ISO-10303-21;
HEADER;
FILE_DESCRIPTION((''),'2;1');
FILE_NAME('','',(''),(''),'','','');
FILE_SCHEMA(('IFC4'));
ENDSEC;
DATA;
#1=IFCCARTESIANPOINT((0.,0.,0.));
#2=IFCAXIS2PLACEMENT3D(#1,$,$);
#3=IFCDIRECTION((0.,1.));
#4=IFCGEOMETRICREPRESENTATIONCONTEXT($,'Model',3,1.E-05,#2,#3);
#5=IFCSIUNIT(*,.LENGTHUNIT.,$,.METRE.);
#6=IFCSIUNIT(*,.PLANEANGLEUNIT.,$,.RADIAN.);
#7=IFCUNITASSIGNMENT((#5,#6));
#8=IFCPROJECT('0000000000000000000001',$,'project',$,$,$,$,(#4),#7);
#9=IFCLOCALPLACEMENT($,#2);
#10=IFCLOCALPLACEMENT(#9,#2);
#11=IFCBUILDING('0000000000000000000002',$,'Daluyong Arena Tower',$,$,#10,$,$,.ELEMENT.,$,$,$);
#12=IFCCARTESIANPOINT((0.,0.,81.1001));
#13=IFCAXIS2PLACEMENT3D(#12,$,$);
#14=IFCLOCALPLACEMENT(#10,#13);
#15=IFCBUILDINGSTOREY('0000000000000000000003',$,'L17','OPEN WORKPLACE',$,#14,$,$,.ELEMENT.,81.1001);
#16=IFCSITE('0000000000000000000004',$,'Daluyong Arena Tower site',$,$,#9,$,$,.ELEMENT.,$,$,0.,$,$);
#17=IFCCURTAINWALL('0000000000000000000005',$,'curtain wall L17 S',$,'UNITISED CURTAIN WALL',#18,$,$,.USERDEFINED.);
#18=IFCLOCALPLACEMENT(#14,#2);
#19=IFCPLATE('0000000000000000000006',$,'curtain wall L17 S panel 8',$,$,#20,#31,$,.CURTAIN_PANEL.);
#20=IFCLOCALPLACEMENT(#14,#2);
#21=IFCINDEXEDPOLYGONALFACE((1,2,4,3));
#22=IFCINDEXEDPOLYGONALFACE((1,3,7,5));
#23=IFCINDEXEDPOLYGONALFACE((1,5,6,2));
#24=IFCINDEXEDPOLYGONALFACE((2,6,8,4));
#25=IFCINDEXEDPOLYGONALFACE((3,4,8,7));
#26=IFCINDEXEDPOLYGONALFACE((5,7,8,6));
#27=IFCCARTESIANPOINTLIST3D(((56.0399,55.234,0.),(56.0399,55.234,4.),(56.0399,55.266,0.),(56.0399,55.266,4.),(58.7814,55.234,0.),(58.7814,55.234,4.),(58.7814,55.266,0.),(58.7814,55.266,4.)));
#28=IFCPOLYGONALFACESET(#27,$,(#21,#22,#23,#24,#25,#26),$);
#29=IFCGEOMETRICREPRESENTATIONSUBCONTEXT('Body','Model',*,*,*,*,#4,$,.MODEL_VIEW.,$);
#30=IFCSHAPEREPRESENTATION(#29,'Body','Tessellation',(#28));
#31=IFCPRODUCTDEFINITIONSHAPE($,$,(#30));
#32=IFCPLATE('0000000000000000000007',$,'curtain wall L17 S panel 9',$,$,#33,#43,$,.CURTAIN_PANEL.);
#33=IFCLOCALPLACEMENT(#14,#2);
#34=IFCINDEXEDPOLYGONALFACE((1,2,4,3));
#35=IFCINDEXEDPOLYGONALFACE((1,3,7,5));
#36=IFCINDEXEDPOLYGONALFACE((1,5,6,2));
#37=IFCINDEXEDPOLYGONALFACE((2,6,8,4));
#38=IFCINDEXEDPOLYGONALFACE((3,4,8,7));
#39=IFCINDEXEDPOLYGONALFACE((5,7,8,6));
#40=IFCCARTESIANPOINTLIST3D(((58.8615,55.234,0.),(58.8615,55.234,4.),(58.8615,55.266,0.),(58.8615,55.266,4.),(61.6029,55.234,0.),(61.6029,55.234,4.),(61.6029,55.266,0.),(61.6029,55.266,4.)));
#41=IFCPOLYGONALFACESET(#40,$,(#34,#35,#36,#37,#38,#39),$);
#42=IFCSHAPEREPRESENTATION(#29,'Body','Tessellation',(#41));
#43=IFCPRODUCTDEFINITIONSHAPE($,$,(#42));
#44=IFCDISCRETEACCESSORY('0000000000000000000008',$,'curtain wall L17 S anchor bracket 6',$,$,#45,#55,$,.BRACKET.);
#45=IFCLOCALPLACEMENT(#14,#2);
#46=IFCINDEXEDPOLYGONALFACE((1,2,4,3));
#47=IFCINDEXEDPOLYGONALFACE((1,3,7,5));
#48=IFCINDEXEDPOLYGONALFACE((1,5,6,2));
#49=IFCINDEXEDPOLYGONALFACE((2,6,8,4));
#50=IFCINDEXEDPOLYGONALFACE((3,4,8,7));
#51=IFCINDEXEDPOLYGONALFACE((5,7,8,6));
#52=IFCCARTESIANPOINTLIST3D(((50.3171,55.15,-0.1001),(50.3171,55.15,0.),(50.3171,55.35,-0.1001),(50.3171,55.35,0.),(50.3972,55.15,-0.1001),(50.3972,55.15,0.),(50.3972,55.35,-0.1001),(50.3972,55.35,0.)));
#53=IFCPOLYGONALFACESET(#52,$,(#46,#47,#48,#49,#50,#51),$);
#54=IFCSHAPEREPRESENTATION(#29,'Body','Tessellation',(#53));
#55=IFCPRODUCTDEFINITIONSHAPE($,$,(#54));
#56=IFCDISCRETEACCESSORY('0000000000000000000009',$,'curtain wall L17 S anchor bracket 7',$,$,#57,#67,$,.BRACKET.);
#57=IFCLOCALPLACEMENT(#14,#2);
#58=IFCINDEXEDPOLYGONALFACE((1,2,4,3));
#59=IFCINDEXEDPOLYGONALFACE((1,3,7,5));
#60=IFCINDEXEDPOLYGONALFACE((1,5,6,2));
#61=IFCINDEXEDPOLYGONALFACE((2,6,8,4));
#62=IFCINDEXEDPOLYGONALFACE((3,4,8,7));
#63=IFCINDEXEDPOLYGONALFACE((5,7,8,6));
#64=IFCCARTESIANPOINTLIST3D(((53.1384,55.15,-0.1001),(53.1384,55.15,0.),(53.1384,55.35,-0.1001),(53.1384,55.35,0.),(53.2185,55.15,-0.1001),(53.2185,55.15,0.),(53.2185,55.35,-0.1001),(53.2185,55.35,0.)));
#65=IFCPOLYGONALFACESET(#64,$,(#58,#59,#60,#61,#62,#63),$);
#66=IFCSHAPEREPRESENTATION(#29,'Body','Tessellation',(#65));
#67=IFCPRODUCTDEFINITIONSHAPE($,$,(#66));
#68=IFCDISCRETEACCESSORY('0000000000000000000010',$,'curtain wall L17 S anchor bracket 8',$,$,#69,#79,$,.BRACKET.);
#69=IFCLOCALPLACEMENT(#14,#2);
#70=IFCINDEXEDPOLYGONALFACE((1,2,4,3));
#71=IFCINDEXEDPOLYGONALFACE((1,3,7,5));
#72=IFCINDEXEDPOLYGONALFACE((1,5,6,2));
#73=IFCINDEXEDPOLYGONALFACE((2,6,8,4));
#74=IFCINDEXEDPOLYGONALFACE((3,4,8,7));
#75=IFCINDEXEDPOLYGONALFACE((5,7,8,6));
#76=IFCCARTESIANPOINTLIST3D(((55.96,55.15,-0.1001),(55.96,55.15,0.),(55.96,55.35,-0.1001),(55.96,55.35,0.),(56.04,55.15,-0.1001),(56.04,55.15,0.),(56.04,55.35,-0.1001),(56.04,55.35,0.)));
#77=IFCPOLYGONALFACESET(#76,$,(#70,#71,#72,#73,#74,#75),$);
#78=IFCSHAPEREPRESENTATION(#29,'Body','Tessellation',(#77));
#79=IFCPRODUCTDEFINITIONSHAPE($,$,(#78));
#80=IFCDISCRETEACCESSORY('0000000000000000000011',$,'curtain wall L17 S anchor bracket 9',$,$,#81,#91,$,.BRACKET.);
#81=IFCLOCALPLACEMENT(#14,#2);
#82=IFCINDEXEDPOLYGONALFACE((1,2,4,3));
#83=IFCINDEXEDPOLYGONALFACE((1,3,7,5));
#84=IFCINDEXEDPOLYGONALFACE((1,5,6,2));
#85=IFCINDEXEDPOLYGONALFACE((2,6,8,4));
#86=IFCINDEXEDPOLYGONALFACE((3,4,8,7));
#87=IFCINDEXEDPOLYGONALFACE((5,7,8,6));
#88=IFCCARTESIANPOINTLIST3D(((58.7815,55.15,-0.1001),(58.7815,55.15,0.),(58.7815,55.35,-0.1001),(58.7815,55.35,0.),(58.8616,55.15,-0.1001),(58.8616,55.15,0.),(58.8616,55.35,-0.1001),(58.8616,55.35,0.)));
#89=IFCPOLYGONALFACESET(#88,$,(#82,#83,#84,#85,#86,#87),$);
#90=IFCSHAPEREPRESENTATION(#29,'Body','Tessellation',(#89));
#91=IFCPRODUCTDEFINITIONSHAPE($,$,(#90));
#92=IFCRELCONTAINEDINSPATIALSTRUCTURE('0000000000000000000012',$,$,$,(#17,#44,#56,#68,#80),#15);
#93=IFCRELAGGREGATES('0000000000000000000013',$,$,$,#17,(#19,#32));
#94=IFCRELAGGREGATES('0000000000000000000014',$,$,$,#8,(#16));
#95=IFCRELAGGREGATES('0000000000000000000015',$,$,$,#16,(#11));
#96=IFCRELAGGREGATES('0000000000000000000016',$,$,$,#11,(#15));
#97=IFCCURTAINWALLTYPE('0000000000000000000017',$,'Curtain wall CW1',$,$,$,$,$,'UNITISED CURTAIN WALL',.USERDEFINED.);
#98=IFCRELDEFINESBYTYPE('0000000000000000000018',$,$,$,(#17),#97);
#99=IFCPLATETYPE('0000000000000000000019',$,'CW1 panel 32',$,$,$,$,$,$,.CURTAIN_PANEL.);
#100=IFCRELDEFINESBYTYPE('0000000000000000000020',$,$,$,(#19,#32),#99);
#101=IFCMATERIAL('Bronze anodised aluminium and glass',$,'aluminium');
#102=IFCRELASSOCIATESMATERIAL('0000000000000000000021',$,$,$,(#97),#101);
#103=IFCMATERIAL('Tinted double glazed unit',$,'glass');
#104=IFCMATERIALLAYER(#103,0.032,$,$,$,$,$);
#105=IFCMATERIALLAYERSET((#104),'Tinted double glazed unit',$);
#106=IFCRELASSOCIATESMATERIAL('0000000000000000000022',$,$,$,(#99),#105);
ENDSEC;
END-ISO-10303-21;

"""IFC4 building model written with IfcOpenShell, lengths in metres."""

from ifc_helpers import new_model, si_unit, direction, frame, origin, origin_2d, place, context, subcontext, project, spatial, rectangle, extrude, material, layer, layer_set, type_object, element, aggregate, save


model = new_model("IFC4")

# Units and contexts
model_context = context("Model", 3, precision=1e-05, world=origin(), true_north=direction((0.0, 1.0)))
body_context = subcontext(model_context, "Body", "Model", "MODEL_VIEW")
ifc_project = project(units=[si_unit("LENGTHUNIT", "METRE"), si_unit("PLANEANGLEUNIT", "RADIAN")], contexts=[model_context])

# Site, building, storey
site_placement = place(None, origin())
site = spatial("IfcSite", under=ifc_project, at=site_placement, Name="Daluyong Arena Tower site", CompositionType="ELEMENT", RefElevation=0.0)
building_placement = place(site_placement, origin())
building = spatial("IfcBuilding", under=site, at=building_placement, Name="Daluyong Arena Tower", CompositionType="ELEMENT")
storey_placement = place(building_placement, frame((0.0, 0.0, 81.1001)))
storey = spatial("IfcBuildingStorey", under=building, at=storey_placement, Name="L17", Description="OPEN WORKPLACE", CompositionType="ELEMENT", Elevation=81.1001)

# Curtain wall
ifc_material_1 = material(Name="Bronze anodised aluminium and glass", Category="aluminium")
curtain_wall_type = type_object("IfcCurtainWallType", Name="Curtain wall CW1", ElementType="UNITISED CURTAIN WALL", PredefinedType="USERDEFINED", material=ifc_material_1)
curtain_wall_placement = place(storey_placement, origin())
curtain_wall = element("IfcCurtainWall", 1, at=curtain_wall_placement, inside=storey, type_object=curtain_wall_type, Name="curtain wall L17 S", ObjectType="UNITISED CURTAIN WALL", PredefinedType="USERDEFINED")

# Plates
ifc_material_2 = material(Name="Tinted double glazed unit", Category="glass")
ifc_layer = layer(ifc_material_2, 0.032)
ifc_layer_set = layer_set([ifc_layer], Name="Tinted double glazed unit")
plate_type = type_object("IfcPlateType", Name="CW1 panel 32", PredefinedType="CURTAIN_PANEL", material=ifc_layer_set)
plate_1_placement = place(storey_placement, frame((57.4106, 55.25, 0.0), z_axis=(0.0, 0.0, 1.0), x_axis=(1.0, 0.0, 0.0)))
plate_1 = element("IfcPlate", 2, at=plate_1_placement, type_object=plate_type, Name="curtain wall L17 S panel 8", PredefinedType="CURTAIN_PANEL", context=body_context, shape_type="SweptSolid", body=[
    extrude(rectangle(XDim=2.7415, YDim=0.032, at=origin_2d()), origin(), (0.0, 0.0, 1.0), 4.0),
])
plate_2_placement = place(storey_placement, frame((60.2322, 55.25, 0.0), z_axis=(0.0, 0.0, 1.0), x_axis=(1.0, 0.0, 0.0)))
plate_2 = element("IfcPlate", 3, at=plate_2_placement, type_object=plate_type, Name="curtain wall L17 S panel 9", PredefinedType="CURTAIN_PANEL", context=body_context, shape_type="SweptSolid", body=[
    extrude(rectangle(XDim=2.7415, YDim=0.032, at=origin_2d()), origin(), (0.0, 0.0, 1.0), 4.0),
])
aggregate(curtain_wall, [plate_1, plate_2])

# Discrete accessories
for number, where, z_axis, x_axis, name in (
    (4, (50.3572, 55.25, -0.1001), (0.0, 0.0, 1.0), (1.0, 0.0, 0.0), "curtain wall L17 S anchor bracket 6"),
    (5, (53.1785, 55.25, -0.1001), (0.0, 0.0, 1.0), (1.0, 0.0, 0.0), "curtain wall L17 S anchor bracket 7"),
    (6, (56.0, 55.25, -0.1001), (0.0, 0.0, 1.0), (1.0, 0.0, 0.0), "curtain wall L17 S anchor bracket 8"),
    (7, (58.8215, 55.25, -0.1001), (0.0, 0.0, 1.0), (1.0, 0.0, 0.0), "curtain wall L17 S anchor bracket 9"),
):
    element("IfcDiscreteAccessory", number, at=place(storey_placement, frame(where, z_axis=z_axis, x_axis=x_axis)), inside=storey, Name=name, PredefinedType="BRACKET", context=body_context, shape_type="SweptSolid", body=[
        extrude(rectangle(XDim=0.0801, YDim=0.2, at=origin_2d()), origin(), (0.0, 0.0, 1.0), 0.1001),
    ])

save(model, "model.ifc")
